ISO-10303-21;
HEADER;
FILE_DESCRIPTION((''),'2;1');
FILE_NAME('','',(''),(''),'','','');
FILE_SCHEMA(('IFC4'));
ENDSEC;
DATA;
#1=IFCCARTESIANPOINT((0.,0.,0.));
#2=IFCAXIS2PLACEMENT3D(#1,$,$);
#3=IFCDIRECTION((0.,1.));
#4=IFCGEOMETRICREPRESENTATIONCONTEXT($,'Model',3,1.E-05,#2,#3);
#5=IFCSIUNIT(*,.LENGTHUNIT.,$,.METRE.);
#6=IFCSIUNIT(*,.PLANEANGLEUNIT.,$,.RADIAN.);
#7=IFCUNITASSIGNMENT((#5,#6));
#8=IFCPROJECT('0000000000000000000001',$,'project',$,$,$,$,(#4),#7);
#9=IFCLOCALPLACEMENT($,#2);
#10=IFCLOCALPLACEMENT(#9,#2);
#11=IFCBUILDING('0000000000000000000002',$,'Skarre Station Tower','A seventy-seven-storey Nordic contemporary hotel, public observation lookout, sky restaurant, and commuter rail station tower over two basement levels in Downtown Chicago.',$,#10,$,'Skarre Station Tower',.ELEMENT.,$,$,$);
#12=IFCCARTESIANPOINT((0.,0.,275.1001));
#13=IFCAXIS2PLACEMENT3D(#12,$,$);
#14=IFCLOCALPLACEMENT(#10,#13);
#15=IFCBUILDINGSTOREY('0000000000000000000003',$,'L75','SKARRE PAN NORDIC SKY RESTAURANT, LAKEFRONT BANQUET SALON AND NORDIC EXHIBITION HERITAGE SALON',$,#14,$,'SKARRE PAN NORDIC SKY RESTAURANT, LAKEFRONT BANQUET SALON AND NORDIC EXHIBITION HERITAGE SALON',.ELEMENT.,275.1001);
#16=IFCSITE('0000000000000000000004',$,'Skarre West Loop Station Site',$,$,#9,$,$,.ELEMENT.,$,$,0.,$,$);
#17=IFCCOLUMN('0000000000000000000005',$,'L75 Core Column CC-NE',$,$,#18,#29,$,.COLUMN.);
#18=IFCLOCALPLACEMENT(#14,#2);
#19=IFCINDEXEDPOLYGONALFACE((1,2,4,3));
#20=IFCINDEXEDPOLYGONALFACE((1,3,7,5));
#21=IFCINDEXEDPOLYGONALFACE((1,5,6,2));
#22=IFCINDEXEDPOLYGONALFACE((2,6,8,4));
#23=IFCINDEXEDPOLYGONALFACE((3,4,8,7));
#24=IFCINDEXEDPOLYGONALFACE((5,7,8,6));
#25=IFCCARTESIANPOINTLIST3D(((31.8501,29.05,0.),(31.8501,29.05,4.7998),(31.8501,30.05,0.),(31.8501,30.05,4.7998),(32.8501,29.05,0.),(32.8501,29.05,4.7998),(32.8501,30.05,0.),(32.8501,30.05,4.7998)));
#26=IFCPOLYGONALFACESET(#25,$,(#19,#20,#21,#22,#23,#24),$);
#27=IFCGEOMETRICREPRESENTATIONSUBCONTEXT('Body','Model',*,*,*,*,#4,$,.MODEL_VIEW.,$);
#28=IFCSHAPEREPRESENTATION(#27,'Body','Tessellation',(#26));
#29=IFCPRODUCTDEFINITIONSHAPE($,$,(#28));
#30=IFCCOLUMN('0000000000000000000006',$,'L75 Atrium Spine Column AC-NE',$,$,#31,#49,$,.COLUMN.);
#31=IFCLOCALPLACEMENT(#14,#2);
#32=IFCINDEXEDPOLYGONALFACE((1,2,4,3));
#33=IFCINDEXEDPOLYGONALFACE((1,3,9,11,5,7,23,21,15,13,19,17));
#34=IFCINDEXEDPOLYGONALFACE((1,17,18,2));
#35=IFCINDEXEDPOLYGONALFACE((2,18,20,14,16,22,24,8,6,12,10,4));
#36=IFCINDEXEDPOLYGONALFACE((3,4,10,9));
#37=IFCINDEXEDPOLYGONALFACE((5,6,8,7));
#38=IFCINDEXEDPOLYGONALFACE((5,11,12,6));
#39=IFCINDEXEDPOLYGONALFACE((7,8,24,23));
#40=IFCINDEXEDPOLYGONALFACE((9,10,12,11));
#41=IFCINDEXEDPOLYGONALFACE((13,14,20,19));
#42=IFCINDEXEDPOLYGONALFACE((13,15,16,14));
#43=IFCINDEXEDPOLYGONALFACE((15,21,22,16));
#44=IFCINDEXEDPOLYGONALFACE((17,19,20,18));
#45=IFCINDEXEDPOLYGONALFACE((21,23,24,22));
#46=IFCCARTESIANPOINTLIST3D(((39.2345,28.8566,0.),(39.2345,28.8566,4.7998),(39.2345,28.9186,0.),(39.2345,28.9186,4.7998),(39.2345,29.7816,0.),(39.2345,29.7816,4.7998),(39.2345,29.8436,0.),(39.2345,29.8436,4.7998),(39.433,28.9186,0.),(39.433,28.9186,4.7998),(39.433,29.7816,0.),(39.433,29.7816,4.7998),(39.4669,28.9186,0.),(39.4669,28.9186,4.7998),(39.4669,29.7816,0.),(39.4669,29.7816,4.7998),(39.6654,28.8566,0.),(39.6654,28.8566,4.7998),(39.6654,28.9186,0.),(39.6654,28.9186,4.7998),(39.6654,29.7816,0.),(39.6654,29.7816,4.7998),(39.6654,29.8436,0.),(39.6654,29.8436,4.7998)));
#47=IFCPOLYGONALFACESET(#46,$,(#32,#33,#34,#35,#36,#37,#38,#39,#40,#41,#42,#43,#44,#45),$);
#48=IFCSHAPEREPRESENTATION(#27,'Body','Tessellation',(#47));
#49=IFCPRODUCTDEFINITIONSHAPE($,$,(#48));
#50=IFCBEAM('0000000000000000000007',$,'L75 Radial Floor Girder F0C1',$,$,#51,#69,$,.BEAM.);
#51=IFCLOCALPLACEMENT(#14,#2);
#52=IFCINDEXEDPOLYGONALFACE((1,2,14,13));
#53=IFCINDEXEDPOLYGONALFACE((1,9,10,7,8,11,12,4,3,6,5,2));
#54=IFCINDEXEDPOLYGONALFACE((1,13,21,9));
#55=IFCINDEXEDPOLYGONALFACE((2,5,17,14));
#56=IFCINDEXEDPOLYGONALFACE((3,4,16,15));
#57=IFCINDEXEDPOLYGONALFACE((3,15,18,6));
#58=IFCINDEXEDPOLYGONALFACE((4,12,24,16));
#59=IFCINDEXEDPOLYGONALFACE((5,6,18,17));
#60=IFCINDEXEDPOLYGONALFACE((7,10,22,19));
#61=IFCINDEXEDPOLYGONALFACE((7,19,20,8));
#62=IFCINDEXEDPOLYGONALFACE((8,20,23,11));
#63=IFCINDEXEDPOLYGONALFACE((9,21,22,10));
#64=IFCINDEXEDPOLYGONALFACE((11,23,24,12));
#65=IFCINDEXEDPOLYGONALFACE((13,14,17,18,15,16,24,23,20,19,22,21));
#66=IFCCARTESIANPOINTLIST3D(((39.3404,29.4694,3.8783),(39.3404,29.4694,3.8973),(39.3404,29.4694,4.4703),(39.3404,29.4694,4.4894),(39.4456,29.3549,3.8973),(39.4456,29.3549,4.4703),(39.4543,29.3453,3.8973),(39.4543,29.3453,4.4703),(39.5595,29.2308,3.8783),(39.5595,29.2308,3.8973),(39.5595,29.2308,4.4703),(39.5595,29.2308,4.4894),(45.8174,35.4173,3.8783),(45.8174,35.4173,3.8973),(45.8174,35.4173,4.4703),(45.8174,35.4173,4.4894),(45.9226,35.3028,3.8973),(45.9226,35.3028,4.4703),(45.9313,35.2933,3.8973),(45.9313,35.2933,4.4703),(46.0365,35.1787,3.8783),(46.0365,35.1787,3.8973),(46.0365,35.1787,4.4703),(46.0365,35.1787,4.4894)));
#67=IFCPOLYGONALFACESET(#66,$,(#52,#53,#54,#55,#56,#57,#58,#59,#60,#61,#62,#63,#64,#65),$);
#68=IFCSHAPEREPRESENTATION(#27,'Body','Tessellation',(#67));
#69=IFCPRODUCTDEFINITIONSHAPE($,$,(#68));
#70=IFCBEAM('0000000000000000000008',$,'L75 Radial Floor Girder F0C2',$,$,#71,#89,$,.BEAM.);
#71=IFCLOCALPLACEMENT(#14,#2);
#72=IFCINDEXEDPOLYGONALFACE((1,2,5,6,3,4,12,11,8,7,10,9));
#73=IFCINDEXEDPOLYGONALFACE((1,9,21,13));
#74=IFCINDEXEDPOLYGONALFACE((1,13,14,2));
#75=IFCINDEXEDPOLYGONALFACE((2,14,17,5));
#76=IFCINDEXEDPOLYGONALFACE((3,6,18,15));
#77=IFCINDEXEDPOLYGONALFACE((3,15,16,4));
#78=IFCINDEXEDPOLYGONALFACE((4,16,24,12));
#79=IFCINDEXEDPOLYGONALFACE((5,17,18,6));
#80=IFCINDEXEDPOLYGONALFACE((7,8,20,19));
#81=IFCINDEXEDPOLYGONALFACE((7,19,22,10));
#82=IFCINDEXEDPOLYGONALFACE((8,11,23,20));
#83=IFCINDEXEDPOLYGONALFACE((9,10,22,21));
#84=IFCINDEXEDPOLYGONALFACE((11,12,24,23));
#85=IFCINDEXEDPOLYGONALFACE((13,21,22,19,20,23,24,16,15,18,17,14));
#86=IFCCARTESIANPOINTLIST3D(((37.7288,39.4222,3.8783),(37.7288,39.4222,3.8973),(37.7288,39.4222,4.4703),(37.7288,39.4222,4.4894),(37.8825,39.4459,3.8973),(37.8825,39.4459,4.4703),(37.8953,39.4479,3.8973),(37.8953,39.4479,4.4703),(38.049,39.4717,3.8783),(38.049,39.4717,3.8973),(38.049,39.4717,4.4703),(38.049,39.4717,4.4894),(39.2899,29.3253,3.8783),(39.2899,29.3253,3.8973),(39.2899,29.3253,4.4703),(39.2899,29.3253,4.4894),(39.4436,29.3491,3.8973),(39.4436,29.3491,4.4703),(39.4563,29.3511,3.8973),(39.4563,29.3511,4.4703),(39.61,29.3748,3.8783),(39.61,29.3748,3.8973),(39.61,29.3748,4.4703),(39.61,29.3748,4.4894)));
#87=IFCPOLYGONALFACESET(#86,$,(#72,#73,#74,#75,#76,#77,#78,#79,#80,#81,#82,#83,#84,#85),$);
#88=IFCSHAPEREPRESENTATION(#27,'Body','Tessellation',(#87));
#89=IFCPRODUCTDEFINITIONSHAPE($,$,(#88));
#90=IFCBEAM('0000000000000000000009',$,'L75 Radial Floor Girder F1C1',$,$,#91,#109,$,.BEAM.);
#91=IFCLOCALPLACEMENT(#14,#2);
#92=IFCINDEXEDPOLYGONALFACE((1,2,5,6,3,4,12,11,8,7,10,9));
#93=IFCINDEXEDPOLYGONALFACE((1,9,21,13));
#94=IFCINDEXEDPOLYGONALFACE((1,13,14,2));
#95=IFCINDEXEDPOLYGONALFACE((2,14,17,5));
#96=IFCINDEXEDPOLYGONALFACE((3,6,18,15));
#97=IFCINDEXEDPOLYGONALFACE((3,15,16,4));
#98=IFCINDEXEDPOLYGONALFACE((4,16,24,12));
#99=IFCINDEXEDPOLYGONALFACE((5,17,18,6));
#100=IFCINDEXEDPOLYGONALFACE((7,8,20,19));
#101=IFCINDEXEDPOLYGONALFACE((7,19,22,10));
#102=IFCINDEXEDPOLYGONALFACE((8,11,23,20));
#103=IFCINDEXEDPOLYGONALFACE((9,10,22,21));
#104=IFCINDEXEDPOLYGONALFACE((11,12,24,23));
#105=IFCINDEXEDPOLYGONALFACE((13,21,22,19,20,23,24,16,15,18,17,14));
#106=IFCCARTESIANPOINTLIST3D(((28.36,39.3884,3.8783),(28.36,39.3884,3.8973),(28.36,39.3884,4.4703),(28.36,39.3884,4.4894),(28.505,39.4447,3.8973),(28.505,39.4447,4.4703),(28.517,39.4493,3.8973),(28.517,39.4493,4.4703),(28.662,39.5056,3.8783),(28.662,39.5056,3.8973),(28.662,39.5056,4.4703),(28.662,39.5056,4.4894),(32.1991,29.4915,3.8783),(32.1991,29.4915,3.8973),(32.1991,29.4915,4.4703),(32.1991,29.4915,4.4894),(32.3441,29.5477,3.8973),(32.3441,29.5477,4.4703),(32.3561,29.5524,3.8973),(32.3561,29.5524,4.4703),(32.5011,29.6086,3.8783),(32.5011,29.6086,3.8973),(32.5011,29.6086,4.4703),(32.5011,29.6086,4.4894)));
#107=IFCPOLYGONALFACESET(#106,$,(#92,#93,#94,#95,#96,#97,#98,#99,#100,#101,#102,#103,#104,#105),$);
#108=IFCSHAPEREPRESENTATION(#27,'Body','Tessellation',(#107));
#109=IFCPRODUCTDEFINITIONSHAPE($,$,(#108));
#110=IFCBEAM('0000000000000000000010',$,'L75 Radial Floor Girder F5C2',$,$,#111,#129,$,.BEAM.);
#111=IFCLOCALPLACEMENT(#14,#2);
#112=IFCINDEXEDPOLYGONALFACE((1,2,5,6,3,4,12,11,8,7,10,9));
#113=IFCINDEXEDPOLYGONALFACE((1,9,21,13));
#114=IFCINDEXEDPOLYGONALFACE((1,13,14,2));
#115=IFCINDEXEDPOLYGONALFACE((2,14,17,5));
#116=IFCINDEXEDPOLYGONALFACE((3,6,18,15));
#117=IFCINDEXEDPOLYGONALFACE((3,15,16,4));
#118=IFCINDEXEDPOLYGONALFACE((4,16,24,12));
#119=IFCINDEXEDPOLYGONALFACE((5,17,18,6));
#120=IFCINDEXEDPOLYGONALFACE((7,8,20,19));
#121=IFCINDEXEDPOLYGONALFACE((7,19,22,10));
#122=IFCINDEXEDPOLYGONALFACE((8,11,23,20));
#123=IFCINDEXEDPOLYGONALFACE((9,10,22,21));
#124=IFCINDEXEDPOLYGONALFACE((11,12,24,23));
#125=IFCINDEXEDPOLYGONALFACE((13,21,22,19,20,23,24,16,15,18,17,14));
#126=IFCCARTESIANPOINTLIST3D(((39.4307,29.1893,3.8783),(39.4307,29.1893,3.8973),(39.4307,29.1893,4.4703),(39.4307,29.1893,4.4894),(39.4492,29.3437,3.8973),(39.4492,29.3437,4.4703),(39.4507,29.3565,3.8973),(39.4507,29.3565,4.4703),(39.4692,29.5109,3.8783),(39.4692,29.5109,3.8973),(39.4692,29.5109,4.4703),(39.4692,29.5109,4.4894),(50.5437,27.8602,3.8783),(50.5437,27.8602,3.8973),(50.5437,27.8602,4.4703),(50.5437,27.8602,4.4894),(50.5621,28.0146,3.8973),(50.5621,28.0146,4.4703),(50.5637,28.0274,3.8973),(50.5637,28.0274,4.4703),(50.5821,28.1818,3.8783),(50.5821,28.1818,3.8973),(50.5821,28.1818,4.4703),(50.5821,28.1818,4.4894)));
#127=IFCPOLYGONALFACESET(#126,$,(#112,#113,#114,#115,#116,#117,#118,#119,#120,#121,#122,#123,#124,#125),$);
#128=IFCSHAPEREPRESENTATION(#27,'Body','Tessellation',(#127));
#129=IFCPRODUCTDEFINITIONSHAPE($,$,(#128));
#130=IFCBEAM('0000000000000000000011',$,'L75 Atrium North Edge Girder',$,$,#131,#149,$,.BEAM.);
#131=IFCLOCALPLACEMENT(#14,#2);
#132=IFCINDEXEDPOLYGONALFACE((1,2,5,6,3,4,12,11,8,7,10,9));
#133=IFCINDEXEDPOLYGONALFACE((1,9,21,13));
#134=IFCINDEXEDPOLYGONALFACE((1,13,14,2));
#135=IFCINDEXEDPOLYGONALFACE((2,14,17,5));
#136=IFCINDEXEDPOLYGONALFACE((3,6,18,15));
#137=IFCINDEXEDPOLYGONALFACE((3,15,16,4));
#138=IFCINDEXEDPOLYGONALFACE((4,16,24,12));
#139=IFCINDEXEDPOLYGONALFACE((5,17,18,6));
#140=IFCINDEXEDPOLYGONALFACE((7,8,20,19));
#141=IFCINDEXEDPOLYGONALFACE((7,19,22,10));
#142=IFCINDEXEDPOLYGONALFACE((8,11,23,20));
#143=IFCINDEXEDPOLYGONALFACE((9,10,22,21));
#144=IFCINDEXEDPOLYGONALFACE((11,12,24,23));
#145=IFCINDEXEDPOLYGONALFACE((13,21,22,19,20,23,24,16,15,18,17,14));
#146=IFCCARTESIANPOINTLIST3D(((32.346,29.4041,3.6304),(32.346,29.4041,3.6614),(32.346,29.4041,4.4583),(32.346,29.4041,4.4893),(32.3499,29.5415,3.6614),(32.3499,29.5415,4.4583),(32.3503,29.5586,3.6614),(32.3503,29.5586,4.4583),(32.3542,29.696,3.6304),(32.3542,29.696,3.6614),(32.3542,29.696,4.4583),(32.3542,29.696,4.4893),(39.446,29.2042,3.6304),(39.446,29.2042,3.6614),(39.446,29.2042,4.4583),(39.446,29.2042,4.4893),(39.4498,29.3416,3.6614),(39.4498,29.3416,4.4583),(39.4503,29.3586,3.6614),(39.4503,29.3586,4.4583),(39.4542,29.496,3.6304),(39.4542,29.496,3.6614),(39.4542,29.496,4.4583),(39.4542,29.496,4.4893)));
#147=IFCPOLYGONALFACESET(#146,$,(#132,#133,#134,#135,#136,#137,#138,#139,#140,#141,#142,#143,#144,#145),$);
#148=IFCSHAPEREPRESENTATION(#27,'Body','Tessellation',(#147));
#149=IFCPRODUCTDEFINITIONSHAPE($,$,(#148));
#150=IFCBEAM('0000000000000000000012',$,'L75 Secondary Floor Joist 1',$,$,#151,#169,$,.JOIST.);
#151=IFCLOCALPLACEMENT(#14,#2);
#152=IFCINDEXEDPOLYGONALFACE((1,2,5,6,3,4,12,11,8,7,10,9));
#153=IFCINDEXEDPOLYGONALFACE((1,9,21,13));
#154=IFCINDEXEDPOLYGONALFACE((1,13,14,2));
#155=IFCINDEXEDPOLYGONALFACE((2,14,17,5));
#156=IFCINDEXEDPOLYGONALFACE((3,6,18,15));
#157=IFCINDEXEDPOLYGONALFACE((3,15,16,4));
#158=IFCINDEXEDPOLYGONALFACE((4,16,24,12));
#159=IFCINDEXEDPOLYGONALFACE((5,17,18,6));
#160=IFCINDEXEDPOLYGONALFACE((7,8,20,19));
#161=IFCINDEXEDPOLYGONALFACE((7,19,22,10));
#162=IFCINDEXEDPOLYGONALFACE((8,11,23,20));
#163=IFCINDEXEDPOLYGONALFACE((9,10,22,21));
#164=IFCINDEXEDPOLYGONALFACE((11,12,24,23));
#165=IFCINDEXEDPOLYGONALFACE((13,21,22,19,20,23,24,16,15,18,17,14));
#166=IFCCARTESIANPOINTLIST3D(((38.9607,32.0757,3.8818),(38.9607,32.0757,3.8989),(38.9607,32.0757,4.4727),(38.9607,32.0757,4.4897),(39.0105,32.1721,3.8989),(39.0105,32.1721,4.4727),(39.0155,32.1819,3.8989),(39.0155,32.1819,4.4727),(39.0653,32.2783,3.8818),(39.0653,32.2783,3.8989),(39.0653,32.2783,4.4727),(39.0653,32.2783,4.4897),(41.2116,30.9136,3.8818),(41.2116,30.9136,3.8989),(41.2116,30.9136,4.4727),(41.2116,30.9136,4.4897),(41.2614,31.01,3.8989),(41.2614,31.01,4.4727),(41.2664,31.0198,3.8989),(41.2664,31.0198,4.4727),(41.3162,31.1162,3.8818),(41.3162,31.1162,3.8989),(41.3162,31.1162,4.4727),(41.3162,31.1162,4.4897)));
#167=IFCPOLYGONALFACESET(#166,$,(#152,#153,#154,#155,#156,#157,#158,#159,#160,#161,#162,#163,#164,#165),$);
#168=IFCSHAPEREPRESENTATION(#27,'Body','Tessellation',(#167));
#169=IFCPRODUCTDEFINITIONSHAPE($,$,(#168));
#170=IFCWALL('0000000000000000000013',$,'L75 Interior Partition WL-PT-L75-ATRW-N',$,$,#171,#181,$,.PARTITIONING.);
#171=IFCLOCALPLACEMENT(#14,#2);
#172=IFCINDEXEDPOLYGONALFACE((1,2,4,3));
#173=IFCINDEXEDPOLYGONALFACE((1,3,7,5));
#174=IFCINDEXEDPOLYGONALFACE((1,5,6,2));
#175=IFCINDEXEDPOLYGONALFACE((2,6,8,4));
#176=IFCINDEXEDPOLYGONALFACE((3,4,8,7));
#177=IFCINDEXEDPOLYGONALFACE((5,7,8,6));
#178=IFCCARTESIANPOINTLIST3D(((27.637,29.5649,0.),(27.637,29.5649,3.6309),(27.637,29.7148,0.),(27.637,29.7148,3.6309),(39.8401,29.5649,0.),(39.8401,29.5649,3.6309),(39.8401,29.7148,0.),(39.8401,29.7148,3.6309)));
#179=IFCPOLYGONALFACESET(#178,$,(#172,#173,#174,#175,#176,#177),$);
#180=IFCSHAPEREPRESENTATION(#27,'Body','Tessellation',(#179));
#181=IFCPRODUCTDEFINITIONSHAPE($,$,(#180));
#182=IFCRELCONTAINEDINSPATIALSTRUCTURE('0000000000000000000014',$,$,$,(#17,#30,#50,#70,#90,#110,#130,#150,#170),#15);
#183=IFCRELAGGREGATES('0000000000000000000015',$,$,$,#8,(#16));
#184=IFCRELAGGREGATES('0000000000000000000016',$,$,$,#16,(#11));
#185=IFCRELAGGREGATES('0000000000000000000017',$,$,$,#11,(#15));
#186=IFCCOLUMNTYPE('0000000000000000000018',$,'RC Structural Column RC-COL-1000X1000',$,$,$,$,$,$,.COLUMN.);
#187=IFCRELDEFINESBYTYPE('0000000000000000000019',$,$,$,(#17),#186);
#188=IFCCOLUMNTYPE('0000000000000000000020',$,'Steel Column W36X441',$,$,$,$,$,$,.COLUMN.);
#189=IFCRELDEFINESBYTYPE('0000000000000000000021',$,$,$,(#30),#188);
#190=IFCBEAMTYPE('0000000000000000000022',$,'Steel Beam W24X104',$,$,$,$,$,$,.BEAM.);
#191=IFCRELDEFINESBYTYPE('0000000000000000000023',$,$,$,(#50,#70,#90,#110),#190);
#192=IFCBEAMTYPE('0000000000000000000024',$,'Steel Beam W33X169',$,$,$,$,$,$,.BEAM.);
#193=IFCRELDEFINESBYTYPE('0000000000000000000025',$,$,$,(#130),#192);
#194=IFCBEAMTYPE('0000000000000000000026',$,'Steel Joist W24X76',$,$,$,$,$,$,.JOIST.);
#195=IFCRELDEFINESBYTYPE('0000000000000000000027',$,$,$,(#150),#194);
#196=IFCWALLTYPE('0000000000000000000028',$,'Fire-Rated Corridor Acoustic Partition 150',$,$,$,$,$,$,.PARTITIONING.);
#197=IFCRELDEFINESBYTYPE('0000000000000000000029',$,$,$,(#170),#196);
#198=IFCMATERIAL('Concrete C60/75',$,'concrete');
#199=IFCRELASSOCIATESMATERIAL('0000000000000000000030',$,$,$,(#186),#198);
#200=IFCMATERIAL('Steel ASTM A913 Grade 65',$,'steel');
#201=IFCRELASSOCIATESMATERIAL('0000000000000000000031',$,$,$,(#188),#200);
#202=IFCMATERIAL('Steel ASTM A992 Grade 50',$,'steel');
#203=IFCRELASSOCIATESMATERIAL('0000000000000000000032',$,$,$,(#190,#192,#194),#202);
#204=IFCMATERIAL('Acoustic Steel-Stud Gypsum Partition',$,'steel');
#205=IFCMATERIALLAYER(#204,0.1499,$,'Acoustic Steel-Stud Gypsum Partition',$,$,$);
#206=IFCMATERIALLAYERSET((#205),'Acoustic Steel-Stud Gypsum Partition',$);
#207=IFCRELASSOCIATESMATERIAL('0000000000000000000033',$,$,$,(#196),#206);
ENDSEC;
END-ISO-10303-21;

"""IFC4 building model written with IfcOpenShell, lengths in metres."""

from ifc_helpers import new_model, si_unit, direction, frame, frame_2d, origin, origin_2d, place, context, subcontext, project, spatial, rectangle, i_section, extrude, material, layer, layer_set, material_profile, profile_set, type_object, element, save


model = new_model("IFC4")

# Units and contexts
model_context = context("Model", 3, precision=1e-05, world=origin(), true_north=direction((0.0, 1.0)))
body_context = subcontext(model_context, "Body", "Model", "MODEL_VIEW")
ifc_project = project(units=[si_unit("LENGTHUNIT", "METRE"), si_unit("PLANEANGLEUNIT", "RADIAN")], contexts=[model_context])

# Site, building, storey
site_placement = place(None, origin())
site = spatial("IfcSite", under=ifc_project, at=site_placement, Name="Skarre West Loop Station Site", CompositionType="ELEMENT", RefElevation=0.0)
building_placement = place(site_placement, origin())
building = spatial("IfcBuilding", under=site, at=building_placement, Name="Skarre Station Tower", Description="A seventy-seven-storey Nordic contemporary hotel, public observation lookout, sky restaurant, and commuter rail station tower over two basement levels in Downtown Chicago.", LongName="Skarre Station Tower", CompositionType="ELEMENT")
storey_placement = place(building_placement, frame((0.0, 0.0, 275.1001)))
storey = spatial("IfcBuildingStorey", under=building, at=storey_placement, Name="L75", Description="SKARRE PAN NORDIC SKY RESTAURANT, LAKEFRONT BANQUET SALON AND NORDIC EXHIBITION HERITAGE SALON", LongName="SKARRE PAN NORDIC SKY RESTAURANT, LAKEFRONT BANQUET SALON AND NORDIC EXHIBITION HERITAGE SALON", CompositionType="ELEMENT", Elevation=275.1001)

# Columns
ifc_material_1 = material(Name="Concrete C60/75", Category="concrete")
ifc_material_profile_1 = material_profile(ifc_material_1, rectangle(XDim=1.0, YDim=1.0, at=origin_2d()), Name="Concrete C60/75")
ifc_profile_set_1 = profile_set([ifc_material_profile_1], Name="Concrete C60/75")
column_type_1 = type_object("IfcColumnType", Name="RC Structural Column RC-COL-1000X1000", PredefinedType="COLUMN", material=ifc_profile_set_1)
column_1_placement = place(storey_placement, frame((32.3501, 29.55, 0.0), z_axis=(0.0, 0.0, 1.0), x_axis=(1.0, 0.0, 0.0)))
element("IfcColumn", 1, at=column_1_placement, inside=storey, type_object=column_type_1, Name="L75 Core Column CC-NE", PredefinedType="COLUMN", context=body_context, shape_type="SweptSolid", body=[
    extrude(rectangle(XDim=1.0, YDim=1.0, at=origin_2d()), origin(), (0.0, 0.0, 1.0), 4.7998),
])
ifc_material_2 = material(Name="Steel ASTM A913 Grade 65", Category="steel")
ifc_material_profile_2 = material_profile(ifc_material_2, i_section(OverallWidth=0.4309, OverallDepth=0.9871, WebThickness=0.0339, FlangeThickness=0.062, at=origin_2d()), Name="Steel ASTM A913 Grade 65")
ifc_profile_set_2 = profile_set([ifc_material_profile_2], Name="Steel ASTM A913 Grade 65")
column_type_2 = type_object("IfcColumnType", Name="Steel Column W36X441", PredefinedType="COLUMN", material=ifc_profile_set_2)
column_2_placement = place(storey_placement, frame((39.45, 29.3501, 0.0), z_axis=(0.0, 0.0, 1.0), x_axis=(1.0, 0.0, 0.0)))
element("IfcColumn", 2, at=column_2_placement, inside=storey, type_object=column_type_2, Name="L75 Atrium Spine Column AC-NE", PredefinedType="COLUMN", context=body_context, shape_type="SweptSolid", body=[
    extrude(i_section(OverallWidth=0.4309, OverallDepth=0.9871, WebThickness=0.0339, FlangeThickness=0.062, at=origin_2d()), origin(), (0.0, 0.0, 1.0), 4.7998),
])

# Beams
ifc_material_3 = material(Name="Steel ASTM A992 Grade 50", Category="steel")
ifc_material_profile_3 = material_profile(ifc_material_3, i_section(OverallWidth=0.324, OverallDepth=0.6111, WebThickness=0.0129, FlangeThickness=0.019, at=origin_2d()), Name="Steel ASTM A992 Grade 50")
ifc_profile_set_3 = profile_set([ifc_material_profile_3], Name="Steel ASTM A992 Grade 50")
beam_type_1 = type_object("IfcBeamType", Name="Steel Beam W24X104", PredefinedType="BEAM", material=ifc_profile_set_3)
beam_1_placement = place(storey_placement, frame((39.45, 29.3501, 4.1838), z_axis=(0.736548, 0.676386, 0.0), x_axis=(-0.676386, 0.736548, 0.0)))
element("IfcBeam", 3, at=beam_1_placement, inside=storey, type_object=beam_type_1, Name="L75 Radial Floor Girder F0C1", PredefinedType="BEAM", context=body_context, shape_type="SweptSolid", body=[
    extrude(i_section(OverallWidth=0.324, OverallDepth=0.6111, WebThickness=0.0129, FlangeThickness=0.019, at=origin_2d()), origin(), (0.0, 0.0, 1.0), 8.7937),
])
beam_2_placement = place(storey_placement, frame((39.45, 29.3501, 4.1838), z_axis=(-0.15279, 0.988259, 0.0), x_axis=(-0.988259, -0.15279, 0.0)))
element("IfcBeam", 4, at=beam_2_placement, inside=storey, type_object=beam_type_1, Name="L75 Radial Floor Girder F0C2", PredefinedType="BEAM", context=body_context, shape_type="SweptSolid", body=[
    extrude(i_section(OverallWidth=0.324, OverallDepth=0.6111, WebThickness=0.0129, FlangeThickness=0.019, at=origin_2d()), origin(), (0.0, 0.0, 1.0), 10.2168),
])
beam_3_placement = place(storey_placement, frame((32.3501, 29.55, 4.1838), z_axis=(-0.361651, 0.932313, 0.0), x_axis=(-0.932313, -0.361651, 0.0)))
element("IfcBeam", 5, at=beam_3_placement, inside=storey, type_object=beam_type_1, Name="L75 Radial Floor Girder F1C1", PredefinedType="BEAM", context=body_context, shape_type="SweptSolid", body=[
    extrude(i_section(OverallWidth=0.324, OverallDepth=0.6111, WebThickness=0.0129, FlangeThickness=0.019, at=origin_2d()), origin(), (0.0, 0.0, 1.0), 10.6155),
])
beam_4_placement = place(storey_placement, frame((39.45, 29.3501, 4.1838), z_axis=(0.992924, -0.118752, 0.0), x_axis=(0.118752, 0.992924, 0.0)))
element("IfcBeam", 6, at=beam_4_placement, inside=storey, type_object=beam_type_1, Name="L75 Radial Floor Girder F5C2", PredefinedType="BEAM", context=body_context, shape_type="SweptSolid", body=[
    extrude(i_section(OverallWidth=0.324, OverallDepth=0.6111, WebThickness=0.0129, FlangeThickness=0.019, at=origin_2d()), origin(), (0.0, 0.0, 1.0), 11.1921),
])
ifc_material_profile_4 = material_profile(ifc_material_3, i_section(OverallWidth=0.292, OverallDepth=0.8589, WebThickness=0.0171, FlangeThickness=0.031, at=origin_2d()), Name="Steel ASTM A992 Grade 50")
ifc_profile_set_4 = profile_set([ifc_material_profile_4], Name="Steel ASTM A992 Grade 50")
beam_type_2 = type_object("IfcBeamType", Name="Steel Beam W33X169", PredefinedType="BEAM", material=ifc_profile_set_4)
beam_5_placement = place(storey_placement, frame((32.3501, 29.55, 4.0598), z_axis=(0.999604, -0.028152, 0.0), x_axis=(0.028152, 0.999604, 0.0)))
element("IfcBeam", 7, at=beam_5_placement, inside=storey, type_object=beam_type_2, Name="L75 Atrium North Edge Girder", PredefinedType="BEAM", context=body_context, shape_type="SweptSolid", body=[
    extrude(i_section(OverallWidth=0.292, OverallDepth=0.8589, WebThickness=0.0171, FlangeThickness=0.031, at=origin_2d()), origin(), (0.0, 0.0, 1.0), 7.1028),
])
ifc_material_profile_5 = material_profile(ifc_material_3, i_section(OverallWidth=0.228, OverallDepth=0.6079, WebThickness=0.011, FlangeThickness=0.0171, at=origin_2d()), Name="Steel ASTM A992 Grade 50")
ifc_profile_set_5 = profile_set([ifc_material_profile_5], Name="Steel ASTM A992 Grade 50")
beam_type_3 = type_object("IfcBeamType", Name="Steel Joist W24X76", PredefinedType="JOIST", material=ifc_profile_set_5)
beam_6_placement = place(storey_placement, frame((41.2639, 31.0149, 4.1858), z_axis=(-0.88857, 0.458741, 0.0), x_axis=(-0.458741, -0.88857, 0.0)))
element("IfcBeam", 8, at=beam_6_placement, inside=storey, type_object=beam_type_3, Name="L75 Secondary Floor Joist 1", PredefinedType="JOIST", context=body_context, shape_type="SweptSolid", body=[
    extrude(i_section(OverallWidth=0.228, OverallDepth=0.6079, WebThickness=0.011, FlangeThickness=0.0171, at=origin_2d()), origin(), (0.0, 0.0, 1.0), 2.5332),
])

# Wall
ifc_material_4 = material(Name="Acoustic Steel-Stud Gypsum Partition", Category="steel")
ifc_layer_1 = layer(ifc_material_4, 0.1499, Name="Acoustic Steel-Stud Gypsum Partition")
ifc_layer_set_1 = layer_set([ifc_layer_1], Name="Acoustic Steel-Stud Gypsum Partition")
wall_type_1 = type_object("IfcWallType", Name="Fire-Rated Corridor Acoustic Partition 150", PredefinedType="PARTITIONING", material=ifc_layer_set_1)
wall_1_placement = place(storey_placement, frame((39.8401, 29.6399, 0.0), z_axis=(0.0, 0.0, 1.0), x_axis=(-1.0, 0.0, 0.0)))
element("IfcWall", 9, at=wall_1_placement, inside=storey, type_object=wall_type_1, Name="L75 Interior Partition WL-PT-L75-ATRW-N", PredefinedType="PARTITIONING", context=body_context, shape_type="SweptSolid", body=[
    extrude(rectangle(XDim=12.2031, YDim=0.1499, at=frame_2d((6.1016, 0.0))), origin(), (0.0, 0.0, 1.0), 3.6309),
])

save(model, "model.ifc")
